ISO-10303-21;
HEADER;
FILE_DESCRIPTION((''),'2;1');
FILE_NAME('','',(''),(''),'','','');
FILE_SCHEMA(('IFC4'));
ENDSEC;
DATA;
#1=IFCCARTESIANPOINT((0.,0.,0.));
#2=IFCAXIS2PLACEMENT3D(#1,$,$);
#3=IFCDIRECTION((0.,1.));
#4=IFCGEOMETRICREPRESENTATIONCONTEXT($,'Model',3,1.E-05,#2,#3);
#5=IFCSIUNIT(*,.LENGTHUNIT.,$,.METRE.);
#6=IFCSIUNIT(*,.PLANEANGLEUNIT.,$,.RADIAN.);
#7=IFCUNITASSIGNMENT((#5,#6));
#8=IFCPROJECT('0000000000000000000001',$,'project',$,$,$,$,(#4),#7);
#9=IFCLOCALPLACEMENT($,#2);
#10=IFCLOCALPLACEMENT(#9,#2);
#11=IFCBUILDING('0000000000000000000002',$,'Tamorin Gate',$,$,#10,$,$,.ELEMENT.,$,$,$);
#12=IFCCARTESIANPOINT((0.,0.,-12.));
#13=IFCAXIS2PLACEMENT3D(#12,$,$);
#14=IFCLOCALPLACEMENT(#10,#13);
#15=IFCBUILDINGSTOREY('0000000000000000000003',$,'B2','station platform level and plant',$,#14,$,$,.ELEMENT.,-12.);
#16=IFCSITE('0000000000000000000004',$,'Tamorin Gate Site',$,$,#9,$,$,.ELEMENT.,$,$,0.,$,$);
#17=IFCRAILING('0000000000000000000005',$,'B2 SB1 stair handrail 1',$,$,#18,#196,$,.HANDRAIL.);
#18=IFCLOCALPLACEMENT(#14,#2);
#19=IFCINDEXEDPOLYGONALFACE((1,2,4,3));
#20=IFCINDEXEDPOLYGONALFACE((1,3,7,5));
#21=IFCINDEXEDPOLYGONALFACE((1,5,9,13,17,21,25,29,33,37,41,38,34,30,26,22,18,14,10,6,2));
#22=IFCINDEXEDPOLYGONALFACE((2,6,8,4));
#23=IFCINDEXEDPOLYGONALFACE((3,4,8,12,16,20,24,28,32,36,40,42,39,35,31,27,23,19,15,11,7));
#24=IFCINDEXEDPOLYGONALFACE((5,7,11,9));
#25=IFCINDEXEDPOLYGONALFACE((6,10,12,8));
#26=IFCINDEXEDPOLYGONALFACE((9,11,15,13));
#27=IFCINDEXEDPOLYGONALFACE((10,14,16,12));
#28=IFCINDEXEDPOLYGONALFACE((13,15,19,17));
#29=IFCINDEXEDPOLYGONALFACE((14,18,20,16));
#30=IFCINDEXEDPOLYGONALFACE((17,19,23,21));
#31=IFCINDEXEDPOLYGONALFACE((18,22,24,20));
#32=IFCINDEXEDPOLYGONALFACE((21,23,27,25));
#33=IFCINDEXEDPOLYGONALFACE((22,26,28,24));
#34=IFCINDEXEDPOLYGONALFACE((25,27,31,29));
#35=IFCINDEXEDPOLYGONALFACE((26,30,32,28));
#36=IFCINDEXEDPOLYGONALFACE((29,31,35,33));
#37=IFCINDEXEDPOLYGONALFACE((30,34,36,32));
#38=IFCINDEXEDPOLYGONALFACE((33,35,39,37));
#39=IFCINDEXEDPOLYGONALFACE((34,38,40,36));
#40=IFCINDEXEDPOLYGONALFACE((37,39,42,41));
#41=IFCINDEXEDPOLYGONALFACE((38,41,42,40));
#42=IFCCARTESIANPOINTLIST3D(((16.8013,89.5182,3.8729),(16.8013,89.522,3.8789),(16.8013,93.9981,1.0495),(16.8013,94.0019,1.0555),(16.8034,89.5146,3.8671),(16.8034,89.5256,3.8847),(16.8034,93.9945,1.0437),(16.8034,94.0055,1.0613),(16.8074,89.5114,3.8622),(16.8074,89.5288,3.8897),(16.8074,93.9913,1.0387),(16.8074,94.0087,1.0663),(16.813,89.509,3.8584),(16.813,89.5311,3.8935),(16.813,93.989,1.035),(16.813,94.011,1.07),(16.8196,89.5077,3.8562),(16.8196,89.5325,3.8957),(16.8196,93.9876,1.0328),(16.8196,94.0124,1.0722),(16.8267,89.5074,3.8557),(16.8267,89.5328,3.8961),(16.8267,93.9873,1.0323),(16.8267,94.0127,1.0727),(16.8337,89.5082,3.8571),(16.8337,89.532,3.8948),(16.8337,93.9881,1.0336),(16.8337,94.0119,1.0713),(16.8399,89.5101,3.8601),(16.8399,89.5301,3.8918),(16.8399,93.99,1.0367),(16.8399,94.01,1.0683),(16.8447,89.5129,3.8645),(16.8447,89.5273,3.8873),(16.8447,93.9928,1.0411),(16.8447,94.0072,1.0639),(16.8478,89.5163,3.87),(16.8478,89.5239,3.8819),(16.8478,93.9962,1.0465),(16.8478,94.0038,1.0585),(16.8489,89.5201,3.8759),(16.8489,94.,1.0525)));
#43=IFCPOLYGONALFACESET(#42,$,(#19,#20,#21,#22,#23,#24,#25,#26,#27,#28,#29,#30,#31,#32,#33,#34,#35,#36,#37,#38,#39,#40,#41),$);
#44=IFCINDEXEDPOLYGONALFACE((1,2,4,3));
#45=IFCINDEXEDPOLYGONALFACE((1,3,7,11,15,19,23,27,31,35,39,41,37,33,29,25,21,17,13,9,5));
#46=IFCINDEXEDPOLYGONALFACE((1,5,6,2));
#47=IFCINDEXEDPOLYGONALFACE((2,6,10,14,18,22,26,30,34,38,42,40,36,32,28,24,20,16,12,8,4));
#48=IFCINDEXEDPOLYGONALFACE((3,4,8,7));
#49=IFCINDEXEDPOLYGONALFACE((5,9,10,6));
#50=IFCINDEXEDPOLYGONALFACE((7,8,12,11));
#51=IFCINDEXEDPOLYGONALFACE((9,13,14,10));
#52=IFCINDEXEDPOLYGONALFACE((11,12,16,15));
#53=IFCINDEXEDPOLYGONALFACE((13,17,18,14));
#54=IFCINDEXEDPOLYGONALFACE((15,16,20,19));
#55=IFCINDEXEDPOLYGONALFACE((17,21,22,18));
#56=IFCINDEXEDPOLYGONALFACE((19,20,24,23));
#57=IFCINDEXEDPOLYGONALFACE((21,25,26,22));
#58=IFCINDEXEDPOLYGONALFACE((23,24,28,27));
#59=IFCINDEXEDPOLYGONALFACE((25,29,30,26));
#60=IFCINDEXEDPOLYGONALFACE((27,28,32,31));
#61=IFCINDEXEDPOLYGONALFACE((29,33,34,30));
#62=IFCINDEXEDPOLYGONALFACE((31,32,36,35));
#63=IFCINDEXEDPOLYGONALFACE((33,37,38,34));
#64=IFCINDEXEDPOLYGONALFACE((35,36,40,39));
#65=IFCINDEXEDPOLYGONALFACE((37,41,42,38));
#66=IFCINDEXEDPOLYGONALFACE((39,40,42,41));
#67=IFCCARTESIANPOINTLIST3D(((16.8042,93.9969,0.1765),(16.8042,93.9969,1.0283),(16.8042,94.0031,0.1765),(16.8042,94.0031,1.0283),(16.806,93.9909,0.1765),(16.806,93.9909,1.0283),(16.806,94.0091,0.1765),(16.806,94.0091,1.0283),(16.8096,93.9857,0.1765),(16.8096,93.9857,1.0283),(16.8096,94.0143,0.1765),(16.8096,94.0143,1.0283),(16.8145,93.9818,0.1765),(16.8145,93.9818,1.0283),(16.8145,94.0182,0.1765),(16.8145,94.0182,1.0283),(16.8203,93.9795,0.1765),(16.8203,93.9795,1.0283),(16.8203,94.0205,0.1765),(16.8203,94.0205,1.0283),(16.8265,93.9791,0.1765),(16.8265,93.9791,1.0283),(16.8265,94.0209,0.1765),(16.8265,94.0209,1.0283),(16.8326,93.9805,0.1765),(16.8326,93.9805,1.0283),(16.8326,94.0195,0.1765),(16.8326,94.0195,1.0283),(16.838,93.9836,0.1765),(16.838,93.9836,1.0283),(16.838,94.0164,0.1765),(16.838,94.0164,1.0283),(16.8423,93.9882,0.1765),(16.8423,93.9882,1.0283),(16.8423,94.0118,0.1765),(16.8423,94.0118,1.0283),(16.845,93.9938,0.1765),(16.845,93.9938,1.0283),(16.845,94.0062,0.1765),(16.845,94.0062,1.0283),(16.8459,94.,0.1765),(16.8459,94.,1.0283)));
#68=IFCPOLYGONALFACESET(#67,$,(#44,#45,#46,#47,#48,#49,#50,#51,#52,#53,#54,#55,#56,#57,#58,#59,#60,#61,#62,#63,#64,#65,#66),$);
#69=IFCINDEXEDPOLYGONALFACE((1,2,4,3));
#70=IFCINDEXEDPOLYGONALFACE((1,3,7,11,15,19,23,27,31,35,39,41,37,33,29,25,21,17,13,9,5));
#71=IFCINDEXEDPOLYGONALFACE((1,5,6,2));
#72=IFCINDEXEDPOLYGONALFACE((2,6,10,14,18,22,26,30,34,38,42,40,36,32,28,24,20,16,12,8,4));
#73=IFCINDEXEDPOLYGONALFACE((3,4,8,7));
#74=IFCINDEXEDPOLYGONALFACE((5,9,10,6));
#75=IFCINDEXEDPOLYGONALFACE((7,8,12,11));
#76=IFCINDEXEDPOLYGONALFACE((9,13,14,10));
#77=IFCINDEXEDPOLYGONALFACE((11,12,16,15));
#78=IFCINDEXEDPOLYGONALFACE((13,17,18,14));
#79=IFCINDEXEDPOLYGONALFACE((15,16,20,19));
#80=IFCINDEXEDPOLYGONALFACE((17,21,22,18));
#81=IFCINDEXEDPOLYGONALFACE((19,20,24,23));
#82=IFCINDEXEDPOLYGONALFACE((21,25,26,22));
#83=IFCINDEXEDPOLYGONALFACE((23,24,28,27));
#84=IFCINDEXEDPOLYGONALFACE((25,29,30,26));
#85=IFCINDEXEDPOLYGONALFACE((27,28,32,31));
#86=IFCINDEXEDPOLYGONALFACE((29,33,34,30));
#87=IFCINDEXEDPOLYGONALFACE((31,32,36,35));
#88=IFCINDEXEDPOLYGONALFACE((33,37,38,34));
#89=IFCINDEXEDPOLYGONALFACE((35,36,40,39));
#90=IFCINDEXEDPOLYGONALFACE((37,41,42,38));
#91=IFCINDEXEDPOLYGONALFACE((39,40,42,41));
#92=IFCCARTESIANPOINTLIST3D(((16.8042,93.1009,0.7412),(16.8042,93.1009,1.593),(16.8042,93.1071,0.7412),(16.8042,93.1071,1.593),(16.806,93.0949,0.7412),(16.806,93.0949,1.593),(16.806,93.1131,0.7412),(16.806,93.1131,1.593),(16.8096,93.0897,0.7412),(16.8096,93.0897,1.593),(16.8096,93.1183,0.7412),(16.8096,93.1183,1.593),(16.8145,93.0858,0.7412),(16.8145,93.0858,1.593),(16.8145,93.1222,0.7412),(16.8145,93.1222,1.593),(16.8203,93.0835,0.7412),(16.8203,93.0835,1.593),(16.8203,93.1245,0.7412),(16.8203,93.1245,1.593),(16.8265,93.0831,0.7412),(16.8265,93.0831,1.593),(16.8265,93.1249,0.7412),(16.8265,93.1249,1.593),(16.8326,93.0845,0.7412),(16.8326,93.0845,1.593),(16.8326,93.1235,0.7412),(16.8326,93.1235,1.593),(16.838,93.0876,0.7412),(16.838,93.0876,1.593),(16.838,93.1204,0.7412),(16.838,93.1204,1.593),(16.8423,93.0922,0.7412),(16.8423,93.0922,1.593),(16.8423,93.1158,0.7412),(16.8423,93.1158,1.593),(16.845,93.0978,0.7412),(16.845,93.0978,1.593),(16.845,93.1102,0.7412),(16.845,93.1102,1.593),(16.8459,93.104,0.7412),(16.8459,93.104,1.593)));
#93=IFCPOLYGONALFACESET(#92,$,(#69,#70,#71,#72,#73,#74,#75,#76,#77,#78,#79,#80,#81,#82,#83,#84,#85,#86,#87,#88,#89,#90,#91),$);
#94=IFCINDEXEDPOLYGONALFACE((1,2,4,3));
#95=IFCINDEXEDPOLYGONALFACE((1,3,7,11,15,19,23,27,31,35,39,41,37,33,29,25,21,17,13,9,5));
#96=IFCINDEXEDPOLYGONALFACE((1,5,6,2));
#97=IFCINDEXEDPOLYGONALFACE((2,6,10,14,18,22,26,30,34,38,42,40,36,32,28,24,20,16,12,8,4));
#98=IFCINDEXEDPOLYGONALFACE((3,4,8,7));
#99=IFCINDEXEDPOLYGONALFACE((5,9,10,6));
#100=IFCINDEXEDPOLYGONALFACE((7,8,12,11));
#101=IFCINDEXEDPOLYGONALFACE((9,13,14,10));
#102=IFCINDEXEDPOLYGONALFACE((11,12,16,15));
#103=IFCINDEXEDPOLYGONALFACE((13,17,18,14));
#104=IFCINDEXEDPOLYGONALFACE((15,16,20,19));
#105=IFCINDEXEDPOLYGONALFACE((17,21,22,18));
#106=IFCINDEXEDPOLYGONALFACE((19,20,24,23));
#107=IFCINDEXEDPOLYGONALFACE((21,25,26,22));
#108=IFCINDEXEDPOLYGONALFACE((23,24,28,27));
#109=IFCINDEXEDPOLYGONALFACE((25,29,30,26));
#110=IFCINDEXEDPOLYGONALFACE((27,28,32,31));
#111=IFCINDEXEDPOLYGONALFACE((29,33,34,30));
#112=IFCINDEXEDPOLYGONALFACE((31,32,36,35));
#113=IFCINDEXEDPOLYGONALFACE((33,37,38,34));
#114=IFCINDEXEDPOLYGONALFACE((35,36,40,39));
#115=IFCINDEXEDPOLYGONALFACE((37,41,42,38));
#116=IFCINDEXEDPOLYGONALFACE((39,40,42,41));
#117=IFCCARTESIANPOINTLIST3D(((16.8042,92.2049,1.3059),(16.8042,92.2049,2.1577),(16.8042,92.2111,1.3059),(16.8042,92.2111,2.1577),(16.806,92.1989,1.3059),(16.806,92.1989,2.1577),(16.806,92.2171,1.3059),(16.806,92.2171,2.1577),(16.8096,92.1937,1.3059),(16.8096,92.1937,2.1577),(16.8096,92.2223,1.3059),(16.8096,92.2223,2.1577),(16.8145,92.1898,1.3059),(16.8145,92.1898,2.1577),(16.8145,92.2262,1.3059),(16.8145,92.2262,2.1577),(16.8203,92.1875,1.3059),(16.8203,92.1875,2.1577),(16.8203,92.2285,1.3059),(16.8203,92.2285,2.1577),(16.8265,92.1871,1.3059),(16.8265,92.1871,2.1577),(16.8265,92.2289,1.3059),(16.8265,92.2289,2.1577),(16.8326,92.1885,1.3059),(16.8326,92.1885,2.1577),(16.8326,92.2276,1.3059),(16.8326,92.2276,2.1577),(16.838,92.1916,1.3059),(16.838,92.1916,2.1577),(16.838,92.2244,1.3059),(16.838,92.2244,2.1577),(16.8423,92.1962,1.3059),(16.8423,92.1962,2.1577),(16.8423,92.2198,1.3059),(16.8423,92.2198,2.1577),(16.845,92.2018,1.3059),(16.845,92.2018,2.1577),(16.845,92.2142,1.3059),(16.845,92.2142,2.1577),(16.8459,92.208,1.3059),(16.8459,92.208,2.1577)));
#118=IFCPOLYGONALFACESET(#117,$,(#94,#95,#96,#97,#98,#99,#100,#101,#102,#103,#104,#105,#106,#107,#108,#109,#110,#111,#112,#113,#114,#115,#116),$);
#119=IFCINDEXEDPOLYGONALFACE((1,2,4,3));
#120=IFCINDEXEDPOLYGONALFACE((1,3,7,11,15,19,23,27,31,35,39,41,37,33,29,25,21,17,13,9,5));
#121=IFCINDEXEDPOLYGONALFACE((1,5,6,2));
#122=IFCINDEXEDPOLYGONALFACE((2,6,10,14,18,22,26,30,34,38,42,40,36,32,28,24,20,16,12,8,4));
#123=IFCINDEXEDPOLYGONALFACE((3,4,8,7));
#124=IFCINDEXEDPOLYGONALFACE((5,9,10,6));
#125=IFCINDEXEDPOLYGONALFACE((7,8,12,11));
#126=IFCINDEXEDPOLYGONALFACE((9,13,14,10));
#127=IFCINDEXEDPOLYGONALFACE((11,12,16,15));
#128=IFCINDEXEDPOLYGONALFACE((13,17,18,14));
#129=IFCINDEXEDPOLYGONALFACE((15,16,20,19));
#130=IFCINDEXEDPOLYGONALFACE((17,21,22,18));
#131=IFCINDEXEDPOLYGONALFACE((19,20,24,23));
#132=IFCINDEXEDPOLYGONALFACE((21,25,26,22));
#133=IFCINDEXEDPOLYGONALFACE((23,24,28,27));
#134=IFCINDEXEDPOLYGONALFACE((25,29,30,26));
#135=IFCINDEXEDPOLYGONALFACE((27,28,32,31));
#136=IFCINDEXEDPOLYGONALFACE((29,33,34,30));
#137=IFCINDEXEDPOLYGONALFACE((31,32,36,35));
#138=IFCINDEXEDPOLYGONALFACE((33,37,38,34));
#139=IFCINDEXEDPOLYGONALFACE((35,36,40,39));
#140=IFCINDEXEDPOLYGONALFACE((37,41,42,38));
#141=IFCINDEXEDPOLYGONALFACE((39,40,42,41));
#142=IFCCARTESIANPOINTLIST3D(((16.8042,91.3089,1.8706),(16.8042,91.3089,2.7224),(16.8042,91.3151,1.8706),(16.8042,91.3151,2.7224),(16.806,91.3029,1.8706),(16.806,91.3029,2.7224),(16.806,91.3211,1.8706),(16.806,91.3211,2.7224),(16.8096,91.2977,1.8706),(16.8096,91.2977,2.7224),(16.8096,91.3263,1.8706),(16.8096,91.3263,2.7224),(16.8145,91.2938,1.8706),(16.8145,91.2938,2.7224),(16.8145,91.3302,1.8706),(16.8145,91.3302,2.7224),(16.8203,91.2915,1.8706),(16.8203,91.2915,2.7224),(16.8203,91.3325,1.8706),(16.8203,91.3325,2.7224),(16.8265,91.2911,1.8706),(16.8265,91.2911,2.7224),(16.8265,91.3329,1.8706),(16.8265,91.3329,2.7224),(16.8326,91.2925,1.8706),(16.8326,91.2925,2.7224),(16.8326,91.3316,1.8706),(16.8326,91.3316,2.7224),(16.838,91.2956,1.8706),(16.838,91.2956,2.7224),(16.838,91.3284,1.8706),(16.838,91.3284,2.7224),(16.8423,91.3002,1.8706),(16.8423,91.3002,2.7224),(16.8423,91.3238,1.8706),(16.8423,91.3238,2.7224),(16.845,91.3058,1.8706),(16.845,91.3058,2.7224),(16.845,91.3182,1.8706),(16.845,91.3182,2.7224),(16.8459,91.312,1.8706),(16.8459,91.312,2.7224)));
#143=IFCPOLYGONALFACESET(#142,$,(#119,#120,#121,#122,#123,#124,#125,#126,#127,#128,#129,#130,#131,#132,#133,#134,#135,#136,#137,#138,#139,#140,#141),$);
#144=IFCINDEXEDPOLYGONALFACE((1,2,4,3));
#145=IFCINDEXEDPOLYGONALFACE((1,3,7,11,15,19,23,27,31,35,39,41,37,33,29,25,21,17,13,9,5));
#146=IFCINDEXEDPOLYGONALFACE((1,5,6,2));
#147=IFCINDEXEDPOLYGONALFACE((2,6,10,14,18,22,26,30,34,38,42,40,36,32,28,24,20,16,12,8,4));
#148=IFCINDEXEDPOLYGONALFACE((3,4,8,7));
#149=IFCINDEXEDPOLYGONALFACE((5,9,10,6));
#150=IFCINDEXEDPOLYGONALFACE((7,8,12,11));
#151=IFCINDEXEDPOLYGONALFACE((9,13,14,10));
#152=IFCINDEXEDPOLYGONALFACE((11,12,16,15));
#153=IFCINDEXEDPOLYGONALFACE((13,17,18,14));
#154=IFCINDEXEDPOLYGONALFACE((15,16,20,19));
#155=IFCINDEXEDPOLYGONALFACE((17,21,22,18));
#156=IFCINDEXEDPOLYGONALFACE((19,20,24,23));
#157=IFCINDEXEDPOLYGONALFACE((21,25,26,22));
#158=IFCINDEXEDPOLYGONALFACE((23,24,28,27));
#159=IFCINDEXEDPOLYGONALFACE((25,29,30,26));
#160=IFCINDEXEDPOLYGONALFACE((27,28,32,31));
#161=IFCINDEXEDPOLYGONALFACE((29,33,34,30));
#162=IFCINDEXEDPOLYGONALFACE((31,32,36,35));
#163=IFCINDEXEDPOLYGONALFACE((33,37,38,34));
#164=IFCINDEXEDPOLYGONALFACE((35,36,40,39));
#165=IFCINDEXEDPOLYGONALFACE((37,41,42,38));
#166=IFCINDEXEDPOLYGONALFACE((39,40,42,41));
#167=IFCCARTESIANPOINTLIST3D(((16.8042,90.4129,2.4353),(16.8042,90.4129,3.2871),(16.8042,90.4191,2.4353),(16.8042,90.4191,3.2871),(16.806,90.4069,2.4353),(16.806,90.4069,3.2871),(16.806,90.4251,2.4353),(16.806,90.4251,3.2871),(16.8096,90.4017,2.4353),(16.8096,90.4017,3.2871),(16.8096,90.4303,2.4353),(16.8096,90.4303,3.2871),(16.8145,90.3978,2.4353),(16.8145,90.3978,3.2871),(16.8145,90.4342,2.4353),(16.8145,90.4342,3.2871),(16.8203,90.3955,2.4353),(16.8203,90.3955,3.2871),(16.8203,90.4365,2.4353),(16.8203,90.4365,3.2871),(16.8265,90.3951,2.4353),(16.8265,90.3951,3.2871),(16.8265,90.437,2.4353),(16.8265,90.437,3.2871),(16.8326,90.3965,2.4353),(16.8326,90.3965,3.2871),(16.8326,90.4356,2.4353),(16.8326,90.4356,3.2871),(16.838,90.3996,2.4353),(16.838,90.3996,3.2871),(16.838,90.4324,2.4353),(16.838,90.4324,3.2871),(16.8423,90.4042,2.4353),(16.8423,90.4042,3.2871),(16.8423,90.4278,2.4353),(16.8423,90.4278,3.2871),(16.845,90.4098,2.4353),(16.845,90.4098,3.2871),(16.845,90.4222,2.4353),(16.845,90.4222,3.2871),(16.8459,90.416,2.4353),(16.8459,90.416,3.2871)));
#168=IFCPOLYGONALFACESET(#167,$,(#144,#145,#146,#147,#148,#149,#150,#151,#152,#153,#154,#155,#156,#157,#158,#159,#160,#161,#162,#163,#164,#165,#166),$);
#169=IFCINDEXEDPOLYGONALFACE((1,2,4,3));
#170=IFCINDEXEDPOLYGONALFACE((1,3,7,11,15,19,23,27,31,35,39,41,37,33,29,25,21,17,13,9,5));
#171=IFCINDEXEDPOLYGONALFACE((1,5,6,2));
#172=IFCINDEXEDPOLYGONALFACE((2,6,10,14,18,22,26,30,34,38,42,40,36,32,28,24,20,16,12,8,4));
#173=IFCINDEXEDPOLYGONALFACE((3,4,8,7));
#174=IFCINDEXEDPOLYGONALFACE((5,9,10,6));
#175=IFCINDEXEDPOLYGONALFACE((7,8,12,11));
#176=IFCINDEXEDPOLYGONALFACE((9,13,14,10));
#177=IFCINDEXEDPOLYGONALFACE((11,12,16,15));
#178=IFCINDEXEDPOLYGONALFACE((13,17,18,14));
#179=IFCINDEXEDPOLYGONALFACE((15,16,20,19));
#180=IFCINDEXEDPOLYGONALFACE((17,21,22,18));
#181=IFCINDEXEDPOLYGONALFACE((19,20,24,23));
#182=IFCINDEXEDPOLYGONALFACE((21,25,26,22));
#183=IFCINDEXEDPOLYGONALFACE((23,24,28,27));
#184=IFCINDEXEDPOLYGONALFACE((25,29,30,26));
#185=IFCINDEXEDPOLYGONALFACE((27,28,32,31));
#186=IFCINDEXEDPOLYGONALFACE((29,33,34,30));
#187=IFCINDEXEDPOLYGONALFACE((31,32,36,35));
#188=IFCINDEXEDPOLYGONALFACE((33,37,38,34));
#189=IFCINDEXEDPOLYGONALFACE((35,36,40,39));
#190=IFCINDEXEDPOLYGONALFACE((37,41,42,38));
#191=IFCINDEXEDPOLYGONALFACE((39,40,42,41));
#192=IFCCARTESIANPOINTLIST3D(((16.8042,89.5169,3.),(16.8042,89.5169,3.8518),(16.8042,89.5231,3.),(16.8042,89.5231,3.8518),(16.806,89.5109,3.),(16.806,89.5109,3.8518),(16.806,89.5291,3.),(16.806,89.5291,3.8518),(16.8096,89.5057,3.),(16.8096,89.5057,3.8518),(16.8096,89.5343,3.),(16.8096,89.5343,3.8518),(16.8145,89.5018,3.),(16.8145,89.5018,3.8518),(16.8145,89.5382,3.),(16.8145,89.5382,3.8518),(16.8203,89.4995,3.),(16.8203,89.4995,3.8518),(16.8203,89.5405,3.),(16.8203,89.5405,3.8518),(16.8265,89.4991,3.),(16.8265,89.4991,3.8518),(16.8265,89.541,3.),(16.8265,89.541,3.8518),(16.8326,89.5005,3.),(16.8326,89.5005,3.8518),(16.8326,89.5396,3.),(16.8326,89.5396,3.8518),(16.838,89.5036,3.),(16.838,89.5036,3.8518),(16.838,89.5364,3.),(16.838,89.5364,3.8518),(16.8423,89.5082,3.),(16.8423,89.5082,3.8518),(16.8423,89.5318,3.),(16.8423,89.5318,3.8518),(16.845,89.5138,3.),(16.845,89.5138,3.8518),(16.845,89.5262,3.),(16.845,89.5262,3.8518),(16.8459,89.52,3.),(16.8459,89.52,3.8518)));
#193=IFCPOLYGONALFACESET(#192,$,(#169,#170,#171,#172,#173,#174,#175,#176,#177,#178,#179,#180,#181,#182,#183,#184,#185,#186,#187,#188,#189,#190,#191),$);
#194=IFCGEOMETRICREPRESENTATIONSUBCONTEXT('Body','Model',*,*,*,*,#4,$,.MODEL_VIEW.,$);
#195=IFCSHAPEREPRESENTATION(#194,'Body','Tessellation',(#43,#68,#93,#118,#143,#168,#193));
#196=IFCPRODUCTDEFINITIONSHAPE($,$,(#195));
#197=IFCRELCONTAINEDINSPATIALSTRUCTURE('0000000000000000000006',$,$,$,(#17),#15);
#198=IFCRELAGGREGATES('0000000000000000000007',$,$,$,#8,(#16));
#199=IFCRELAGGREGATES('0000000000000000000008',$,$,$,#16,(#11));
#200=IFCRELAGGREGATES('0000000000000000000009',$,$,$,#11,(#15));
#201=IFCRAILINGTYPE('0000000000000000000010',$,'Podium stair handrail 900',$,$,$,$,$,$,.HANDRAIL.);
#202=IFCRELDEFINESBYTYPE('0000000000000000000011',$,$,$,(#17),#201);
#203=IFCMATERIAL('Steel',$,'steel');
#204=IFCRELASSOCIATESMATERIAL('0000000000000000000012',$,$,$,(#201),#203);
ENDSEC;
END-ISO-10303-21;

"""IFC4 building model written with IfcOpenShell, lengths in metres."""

from ifc_helpers import new_model, si_unit, direction, frame, origin, origin_2d, place, context, subcontext, project, spatial, circle, extrude, material, type_object, element, save


model = new_model("IFC4")

# Units and contexts
model_context = context("Model", 3, precision=1e-05, world=origin(), true_north=direction((0.0, 1.0)))
body_context = subcontext(model_context, "Body", "Model", "MODEL_VIEW")
ifc_project = project(units=[si_unit("LENGTHUNIT", "METRE"), si_unit("PLANEANGLEUNIT", "RADIAN")], contexts=[model_context])

# Site, building, storey
site_placement = place(None, origin())
site = spatial("IfcSite", under=ifc_project, at=site_placement, Name="Tamorin Gate Site", CompositionType="ELEMENT", RefElevation=0.0)
building_placement = place(site_placement, origin())
building = spatial("IfcBuilding", under=site, at=building_placement, Name="Tamorin Gate", CompositionType="ELEMENT")
storey_placement = place(building_placement, frame((0.0, 0.0, -12.0)))
storey = spatial("IfcBuildingStorey", under=building, at=storey_placement, Name="B2", Description="station platform level and plant", CompositionType="ELEMENT", Elevation=-12.0)

# Railing
ifc_material_1 = material(Name="Steel", Category="steel")
railing_type_1 = type_object("IfcRailingType", Name="Podium stair handrail 900", PredefinedType="HANDRAIL", material=ifc_material_1)
railing_1_placement = place(storey_placement, frame((16.825, 94.0, 0.1765)))
element("IfcRailing", 1, at=railing_1_placement, inside=storey, type_object=railing_type_1, Name="B2 SB1 stair handrail 1", PredefinedType="HANDRAIL", context=body_context, shape_type="SweptSolid", body=[
    extrude(circle(Radius=0.0239, at=origin_2d()), frame((0.0, 0.0, 0.876), z_axis=(0.0, -0.845998, 0.533186), x_axis=(1.0, 0.0, 0.0)), (0.0, 0.0, 1.0), 5.2954),
    extrude(circle(Radius=0.021, at=origin_2d()), origin(), (0.0, 0.0, 1.0), 0.8518),
    extrude(circle(Radius=0.021, at=origin_2d()), frame((0.0, -0.896, 0.5647)), (0.0, 0.0, 1.0), 0.8518),
    extrude(circle(Radius=0.021, at=origin_2d()), frame((0.0, -1.792, 1.1294)), (0.0, 0.0, 1.0), 0.8518),
    extrude(circle(Radius=0.021, at=origin_2d()), frame((0.0, -2.688, 1.6941)), (0.0, 0.0, 1.0), 0.8518),
    extrude(circle(Radius=0.021, at=origin_2d()), frame((0.0, -3.584, 2.2588)), (0.0, 0.0, 1.0), 0.8518),
    extrude(circle(Radius=0.021, at=origin_2d()), frame((0.0, -4.48, 2.8235)), (0.0, 0.0, 1.0), 0.8518),
])

save(model, "model.ifc")
